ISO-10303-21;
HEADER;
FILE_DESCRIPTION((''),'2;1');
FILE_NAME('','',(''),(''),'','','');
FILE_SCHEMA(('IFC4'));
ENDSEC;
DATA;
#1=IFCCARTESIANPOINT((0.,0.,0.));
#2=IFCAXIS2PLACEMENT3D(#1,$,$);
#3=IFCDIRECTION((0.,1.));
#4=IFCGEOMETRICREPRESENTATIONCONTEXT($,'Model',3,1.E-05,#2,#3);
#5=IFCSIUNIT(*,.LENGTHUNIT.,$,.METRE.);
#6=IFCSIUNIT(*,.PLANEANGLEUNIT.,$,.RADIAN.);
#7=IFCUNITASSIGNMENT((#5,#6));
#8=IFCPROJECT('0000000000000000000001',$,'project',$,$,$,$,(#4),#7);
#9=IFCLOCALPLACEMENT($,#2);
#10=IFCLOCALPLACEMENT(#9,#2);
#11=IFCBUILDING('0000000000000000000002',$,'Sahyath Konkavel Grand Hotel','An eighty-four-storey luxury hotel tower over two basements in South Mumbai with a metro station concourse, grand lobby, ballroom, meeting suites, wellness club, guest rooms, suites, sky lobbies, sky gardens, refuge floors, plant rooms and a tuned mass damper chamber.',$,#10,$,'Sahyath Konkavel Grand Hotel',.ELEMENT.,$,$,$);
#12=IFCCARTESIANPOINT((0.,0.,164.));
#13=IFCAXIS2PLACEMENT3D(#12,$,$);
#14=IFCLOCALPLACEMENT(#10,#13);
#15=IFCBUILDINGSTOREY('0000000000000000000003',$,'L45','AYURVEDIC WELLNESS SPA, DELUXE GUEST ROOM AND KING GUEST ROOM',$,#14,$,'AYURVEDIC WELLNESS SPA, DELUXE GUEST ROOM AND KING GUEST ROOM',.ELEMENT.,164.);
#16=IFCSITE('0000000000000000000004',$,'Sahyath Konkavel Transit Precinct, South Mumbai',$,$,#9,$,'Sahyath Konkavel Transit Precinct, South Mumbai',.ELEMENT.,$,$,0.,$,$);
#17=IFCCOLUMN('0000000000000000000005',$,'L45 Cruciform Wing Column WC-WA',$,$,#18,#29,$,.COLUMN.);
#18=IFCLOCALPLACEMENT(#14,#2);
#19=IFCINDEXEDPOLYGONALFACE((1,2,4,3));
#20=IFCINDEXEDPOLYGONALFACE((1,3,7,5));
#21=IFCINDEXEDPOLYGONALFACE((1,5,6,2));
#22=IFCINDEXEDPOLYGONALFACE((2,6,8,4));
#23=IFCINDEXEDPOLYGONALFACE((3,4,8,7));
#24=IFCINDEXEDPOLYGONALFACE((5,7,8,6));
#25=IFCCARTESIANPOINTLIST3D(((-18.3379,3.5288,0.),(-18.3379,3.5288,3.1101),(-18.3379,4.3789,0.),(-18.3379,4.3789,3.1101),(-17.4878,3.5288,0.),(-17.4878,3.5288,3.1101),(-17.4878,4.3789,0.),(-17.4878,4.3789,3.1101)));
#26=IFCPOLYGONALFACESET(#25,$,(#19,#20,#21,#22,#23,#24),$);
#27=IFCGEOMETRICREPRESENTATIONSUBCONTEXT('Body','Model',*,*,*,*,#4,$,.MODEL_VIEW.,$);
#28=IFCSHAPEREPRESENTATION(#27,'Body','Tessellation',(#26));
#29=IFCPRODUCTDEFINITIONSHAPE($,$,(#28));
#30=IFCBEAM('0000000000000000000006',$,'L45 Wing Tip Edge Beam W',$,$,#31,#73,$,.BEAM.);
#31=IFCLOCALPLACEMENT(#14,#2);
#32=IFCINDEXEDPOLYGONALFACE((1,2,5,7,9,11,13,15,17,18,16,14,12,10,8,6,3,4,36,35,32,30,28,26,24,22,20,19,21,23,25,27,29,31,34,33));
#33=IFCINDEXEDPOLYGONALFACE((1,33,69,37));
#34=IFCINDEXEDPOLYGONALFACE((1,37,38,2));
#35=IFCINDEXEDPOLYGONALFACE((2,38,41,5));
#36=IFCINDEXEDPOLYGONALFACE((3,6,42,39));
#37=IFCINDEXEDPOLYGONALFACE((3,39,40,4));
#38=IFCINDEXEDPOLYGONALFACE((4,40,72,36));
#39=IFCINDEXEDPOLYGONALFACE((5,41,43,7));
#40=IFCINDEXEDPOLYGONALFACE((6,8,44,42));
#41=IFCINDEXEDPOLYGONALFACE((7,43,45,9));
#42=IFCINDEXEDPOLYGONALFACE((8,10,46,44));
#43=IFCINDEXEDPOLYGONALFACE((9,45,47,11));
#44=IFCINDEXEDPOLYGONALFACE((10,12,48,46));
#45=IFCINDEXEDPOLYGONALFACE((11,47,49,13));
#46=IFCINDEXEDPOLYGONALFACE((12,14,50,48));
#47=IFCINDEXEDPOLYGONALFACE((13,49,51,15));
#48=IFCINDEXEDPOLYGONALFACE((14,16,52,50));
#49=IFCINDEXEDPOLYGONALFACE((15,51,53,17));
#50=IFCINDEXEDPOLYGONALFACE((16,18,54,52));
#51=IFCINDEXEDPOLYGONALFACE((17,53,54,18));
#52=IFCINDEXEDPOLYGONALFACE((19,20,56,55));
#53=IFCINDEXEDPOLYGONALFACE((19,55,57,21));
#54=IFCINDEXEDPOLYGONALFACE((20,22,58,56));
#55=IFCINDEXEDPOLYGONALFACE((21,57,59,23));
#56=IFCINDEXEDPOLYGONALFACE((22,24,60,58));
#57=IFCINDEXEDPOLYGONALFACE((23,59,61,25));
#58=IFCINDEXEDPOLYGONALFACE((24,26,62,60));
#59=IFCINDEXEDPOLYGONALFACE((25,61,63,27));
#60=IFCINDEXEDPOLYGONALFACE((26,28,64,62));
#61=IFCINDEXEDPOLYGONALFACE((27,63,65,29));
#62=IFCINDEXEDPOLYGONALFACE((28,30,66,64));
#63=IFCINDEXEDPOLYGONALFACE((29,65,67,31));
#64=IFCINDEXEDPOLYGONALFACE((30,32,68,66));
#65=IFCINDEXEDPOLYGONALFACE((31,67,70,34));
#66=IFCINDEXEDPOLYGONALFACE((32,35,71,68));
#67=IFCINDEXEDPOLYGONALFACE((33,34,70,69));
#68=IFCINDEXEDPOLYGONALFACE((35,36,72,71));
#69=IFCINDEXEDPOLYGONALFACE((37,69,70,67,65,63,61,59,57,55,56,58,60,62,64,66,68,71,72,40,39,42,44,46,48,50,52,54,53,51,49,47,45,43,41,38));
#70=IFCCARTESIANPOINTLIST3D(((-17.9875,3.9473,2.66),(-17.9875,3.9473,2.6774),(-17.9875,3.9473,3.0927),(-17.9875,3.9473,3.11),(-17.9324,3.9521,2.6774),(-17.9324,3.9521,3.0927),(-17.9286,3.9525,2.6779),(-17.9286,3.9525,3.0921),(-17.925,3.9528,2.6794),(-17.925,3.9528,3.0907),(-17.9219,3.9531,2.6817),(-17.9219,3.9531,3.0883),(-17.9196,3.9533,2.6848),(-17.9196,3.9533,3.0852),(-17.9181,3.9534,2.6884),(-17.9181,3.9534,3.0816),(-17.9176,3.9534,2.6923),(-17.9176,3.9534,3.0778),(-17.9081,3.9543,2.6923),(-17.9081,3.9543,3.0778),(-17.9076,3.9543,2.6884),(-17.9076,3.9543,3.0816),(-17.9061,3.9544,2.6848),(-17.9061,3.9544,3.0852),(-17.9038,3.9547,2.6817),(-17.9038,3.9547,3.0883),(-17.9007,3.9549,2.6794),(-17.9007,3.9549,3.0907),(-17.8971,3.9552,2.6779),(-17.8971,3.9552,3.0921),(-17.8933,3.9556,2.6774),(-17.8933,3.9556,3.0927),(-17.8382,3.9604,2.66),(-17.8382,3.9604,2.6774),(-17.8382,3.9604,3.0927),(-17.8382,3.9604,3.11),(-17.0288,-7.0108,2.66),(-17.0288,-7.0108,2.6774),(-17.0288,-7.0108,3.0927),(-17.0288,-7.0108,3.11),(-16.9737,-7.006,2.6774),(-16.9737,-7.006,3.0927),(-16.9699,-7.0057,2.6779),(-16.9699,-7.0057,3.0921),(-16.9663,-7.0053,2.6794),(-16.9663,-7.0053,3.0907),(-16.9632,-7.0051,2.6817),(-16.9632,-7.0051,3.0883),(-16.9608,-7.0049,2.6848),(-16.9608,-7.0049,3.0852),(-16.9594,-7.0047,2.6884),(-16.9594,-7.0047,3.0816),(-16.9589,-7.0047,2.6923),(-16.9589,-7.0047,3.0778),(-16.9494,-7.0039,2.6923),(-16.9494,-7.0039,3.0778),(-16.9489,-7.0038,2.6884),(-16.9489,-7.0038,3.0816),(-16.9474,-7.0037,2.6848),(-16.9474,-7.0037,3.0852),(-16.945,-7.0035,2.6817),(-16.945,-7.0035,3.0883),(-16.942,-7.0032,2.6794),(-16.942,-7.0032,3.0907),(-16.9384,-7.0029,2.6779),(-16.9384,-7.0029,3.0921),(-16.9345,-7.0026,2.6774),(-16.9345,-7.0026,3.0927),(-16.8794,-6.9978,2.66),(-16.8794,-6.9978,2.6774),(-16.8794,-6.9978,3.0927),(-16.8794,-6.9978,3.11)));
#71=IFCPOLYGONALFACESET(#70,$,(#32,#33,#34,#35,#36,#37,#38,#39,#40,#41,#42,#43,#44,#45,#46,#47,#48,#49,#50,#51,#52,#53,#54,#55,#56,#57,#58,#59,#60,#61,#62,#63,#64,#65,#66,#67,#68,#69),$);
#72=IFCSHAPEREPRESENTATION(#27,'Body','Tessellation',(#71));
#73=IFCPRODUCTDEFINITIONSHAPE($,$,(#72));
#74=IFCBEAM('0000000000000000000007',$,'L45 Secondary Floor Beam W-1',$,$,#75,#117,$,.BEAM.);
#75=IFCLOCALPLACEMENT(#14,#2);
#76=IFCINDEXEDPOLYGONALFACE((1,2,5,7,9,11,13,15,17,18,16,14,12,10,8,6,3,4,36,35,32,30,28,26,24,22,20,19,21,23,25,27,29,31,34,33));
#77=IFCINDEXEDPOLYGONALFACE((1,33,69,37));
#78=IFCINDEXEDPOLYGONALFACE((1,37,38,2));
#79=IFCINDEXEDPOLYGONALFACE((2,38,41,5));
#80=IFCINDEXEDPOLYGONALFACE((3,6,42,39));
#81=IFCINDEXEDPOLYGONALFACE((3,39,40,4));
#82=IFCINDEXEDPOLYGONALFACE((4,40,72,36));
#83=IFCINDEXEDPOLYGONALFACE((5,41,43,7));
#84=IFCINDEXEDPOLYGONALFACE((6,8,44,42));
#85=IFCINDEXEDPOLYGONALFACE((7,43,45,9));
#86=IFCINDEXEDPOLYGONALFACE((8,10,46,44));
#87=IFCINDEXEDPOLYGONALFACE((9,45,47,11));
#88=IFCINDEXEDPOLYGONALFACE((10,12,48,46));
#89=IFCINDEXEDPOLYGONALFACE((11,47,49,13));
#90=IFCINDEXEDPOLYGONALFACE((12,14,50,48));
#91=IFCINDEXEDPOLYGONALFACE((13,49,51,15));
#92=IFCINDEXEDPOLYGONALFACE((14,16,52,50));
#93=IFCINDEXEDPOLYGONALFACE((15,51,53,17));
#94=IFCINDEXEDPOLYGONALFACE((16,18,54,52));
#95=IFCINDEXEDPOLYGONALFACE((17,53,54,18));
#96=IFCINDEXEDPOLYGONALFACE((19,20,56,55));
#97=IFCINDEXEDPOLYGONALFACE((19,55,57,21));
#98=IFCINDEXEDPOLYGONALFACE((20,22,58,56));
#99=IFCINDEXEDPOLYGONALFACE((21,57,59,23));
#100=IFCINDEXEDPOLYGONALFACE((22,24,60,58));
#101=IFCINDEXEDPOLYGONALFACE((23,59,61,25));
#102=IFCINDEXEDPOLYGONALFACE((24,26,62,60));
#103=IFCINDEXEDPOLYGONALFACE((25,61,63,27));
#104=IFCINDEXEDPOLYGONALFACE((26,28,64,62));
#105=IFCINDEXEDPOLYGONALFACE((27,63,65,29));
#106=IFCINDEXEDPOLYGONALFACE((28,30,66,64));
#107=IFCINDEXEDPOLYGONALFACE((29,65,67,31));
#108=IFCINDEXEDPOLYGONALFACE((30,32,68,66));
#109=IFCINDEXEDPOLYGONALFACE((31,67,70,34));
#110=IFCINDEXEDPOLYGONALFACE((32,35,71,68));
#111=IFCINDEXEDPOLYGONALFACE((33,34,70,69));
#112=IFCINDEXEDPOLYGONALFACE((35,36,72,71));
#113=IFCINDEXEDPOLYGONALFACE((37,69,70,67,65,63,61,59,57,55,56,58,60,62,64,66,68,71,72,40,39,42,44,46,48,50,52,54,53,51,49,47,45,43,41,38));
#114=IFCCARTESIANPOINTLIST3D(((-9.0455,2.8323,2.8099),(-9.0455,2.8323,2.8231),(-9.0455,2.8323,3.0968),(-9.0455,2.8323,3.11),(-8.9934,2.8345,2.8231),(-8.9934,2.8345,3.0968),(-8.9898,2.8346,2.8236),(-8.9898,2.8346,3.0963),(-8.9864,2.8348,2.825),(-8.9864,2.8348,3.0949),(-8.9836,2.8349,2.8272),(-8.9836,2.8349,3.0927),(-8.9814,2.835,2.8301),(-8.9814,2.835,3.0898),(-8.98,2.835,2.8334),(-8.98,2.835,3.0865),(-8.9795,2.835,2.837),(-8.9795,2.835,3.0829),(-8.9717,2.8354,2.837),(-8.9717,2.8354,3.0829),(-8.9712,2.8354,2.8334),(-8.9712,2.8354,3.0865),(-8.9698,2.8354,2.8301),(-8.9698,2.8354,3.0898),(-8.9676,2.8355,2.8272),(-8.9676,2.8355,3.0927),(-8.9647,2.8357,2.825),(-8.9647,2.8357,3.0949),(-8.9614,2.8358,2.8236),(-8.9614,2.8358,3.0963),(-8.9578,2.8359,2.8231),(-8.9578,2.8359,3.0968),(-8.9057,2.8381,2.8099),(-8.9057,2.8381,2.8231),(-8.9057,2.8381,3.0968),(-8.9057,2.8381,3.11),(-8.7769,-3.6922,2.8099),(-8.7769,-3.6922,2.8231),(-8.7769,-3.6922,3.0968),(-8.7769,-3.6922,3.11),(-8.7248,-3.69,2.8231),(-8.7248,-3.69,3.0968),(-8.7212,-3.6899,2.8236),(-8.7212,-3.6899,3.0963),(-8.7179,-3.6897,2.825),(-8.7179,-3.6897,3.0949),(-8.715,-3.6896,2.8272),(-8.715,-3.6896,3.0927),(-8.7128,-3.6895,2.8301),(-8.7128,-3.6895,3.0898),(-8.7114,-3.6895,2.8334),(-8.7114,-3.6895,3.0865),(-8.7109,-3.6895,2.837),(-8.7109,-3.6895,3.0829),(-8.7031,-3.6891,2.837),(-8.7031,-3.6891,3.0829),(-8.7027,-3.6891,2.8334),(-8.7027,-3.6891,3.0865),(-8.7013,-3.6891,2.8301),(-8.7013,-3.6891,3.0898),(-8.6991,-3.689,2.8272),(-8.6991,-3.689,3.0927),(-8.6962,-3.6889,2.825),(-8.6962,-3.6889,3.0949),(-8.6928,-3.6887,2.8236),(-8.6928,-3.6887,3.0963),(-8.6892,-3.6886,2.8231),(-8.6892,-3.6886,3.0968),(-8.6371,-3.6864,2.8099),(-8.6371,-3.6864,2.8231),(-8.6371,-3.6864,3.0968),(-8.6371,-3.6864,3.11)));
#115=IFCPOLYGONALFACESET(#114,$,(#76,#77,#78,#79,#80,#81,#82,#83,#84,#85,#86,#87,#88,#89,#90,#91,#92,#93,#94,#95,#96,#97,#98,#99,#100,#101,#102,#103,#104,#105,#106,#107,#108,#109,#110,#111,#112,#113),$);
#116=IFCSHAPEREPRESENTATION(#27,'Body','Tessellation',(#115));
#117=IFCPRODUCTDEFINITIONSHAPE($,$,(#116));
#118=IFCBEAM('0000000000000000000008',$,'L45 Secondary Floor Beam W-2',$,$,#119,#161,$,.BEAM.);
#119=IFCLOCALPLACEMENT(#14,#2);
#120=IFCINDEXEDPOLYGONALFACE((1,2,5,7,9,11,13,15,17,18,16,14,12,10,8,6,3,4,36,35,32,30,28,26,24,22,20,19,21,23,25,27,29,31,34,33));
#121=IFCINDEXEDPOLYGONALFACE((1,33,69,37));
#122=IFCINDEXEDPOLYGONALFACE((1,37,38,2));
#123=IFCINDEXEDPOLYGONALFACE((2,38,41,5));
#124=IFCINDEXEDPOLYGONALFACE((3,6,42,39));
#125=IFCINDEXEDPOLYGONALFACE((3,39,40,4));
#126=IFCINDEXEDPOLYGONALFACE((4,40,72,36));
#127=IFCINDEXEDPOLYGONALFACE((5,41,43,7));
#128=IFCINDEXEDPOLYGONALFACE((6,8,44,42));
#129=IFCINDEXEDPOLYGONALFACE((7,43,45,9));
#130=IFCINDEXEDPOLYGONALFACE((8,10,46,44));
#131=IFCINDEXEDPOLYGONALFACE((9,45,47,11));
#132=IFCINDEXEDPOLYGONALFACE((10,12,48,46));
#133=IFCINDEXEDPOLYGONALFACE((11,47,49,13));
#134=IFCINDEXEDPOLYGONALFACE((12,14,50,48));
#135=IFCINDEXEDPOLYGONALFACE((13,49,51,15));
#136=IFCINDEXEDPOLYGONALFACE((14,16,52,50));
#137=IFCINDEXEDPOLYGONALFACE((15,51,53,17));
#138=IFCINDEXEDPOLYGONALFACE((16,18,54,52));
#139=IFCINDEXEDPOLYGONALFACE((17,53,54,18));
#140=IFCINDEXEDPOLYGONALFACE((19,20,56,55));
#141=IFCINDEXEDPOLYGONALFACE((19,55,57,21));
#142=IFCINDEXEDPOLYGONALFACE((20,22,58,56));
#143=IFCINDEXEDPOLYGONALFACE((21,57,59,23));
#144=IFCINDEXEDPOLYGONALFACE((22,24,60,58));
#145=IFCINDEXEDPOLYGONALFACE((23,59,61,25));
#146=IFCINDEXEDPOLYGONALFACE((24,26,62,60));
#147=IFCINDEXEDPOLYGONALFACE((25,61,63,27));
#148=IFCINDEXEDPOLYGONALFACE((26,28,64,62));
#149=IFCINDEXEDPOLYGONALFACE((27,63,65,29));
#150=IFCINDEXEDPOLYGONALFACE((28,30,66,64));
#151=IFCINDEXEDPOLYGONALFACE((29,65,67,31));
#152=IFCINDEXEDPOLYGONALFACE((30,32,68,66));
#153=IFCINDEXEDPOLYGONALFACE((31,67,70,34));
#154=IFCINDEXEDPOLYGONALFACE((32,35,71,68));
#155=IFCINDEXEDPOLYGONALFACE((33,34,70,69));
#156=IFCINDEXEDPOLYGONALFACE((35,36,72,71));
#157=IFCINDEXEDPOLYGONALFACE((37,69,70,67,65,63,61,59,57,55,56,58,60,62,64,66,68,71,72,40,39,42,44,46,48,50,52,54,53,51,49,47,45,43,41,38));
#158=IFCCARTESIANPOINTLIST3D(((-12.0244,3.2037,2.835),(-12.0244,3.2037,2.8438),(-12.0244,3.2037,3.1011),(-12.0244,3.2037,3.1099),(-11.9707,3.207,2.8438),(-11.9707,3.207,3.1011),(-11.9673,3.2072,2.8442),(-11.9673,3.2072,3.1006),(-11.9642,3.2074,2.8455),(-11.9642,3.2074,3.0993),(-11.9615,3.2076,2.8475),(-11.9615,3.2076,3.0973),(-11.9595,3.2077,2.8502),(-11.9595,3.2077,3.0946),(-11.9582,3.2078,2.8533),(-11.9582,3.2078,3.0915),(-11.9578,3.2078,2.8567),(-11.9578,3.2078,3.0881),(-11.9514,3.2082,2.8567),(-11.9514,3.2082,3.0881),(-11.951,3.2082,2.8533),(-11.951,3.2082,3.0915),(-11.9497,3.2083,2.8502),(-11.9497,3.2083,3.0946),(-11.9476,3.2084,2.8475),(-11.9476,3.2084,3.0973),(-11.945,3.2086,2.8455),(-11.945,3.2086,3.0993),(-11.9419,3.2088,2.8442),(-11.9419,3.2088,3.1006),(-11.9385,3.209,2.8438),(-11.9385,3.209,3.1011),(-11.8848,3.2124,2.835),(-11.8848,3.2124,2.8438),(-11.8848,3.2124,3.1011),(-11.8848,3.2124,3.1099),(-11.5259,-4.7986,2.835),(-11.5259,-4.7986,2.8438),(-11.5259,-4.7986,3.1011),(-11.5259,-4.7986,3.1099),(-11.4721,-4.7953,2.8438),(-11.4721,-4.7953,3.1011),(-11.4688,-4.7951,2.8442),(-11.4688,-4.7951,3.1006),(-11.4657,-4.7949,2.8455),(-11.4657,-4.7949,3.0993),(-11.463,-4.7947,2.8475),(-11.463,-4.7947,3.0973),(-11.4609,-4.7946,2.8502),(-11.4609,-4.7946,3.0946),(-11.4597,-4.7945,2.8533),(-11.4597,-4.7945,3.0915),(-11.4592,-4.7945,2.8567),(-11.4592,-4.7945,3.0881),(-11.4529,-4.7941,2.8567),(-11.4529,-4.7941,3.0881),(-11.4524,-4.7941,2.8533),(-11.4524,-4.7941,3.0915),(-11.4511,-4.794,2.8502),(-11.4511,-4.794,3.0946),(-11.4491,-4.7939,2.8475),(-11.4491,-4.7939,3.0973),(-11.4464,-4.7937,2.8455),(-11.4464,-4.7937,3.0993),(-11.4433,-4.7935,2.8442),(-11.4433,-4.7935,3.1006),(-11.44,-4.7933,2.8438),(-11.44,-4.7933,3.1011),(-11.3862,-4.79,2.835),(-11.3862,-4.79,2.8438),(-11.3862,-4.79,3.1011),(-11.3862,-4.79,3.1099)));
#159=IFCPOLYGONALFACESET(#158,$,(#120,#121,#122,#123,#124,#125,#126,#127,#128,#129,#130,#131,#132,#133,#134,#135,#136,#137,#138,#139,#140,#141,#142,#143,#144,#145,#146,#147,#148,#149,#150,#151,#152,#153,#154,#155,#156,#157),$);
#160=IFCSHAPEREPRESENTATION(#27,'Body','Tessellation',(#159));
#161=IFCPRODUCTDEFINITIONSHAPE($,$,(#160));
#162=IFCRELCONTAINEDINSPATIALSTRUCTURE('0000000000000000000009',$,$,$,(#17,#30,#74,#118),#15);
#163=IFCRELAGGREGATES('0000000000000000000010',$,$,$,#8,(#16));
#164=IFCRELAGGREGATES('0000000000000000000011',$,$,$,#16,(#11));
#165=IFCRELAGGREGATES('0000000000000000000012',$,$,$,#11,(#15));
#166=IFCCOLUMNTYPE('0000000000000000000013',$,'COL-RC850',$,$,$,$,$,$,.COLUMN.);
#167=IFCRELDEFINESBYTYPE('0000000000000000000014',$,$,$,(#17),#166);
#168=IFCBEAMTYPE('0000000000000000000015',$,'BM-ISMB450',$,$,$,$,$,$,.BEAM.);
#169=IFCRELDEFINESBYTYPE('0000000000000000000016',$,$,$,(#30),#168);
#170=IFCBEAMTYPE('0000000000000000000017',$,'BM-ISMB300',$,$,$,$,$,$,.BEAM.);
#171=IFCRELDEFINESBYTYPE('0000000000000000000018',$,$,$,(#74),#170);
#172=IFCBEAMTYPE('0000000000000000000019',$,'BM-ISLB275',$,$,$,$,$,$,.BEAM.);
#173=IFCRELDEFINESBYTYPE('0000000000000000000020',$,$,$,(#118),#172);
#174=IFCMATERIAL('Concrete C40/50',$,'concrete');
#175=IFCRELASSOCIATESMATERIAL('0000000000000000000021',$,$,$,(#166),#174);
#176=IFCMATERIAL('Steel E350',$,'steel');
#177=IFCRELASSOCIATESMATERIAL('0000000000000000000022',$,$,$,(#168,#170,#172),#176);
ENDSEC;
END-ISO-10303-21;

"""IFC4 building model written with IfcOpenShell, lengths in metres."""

from ifc_helpers import new_model, si_unit, direction, frame, origin, origin_2d, place, context, subcontext, project, spatial, rectangle, i_section, extrude, source, transform, mapped, material, material_profile, profile_set, type_object, element, save


model = new_model("IFC4")

# Units and contexts
model_context = context("Model", 3, precision=1e-05, world=origin(), true_north=direction((0.0, 1.0)))
body_context = subcontext(model_context, "Body", "Model", "MODEL_VIEW")
ifc_project = project(units=[si_unit("LENGTHUNIT", "METRE"), si_unit("PLANEANGLEUNIT", "RADIAN")], contexts=[model_context])

# Site, building, storey
site_placement = place(None, origin())
site = spatial("IfcSite", under=ifc_project, at=site_placement, Name="Sahyath Konkavel Transit Precinct, South Mumbai", LongName="Sahyath Konkavel Transit Precinct, South Mumbai", CompositionType="ELEMENT", RefElevation=0.0)
building_placement = place(site_placement, origin())
building = spatial("IfcBuilding", under=site, at=building_placement, Name="Sahyath Konkavel Grand Hotel", Description="An eighty-four-storey luxury hotel tower over two basements in South Mumbai with a metro station concourse, grand lobby, ballroom, meeting suites, wellness club, guest rooms, suites, sky lobbies, sky gardens, refuge floors, plant rooms and a tuned mass damper chamber.", LongName="Sahyath Konkavel Grand Hotel", CompositionType="ELEMENT")
storey_placement = place(building_placement, frame((0.0, 0.0, 164.0)))
storey = spatial("IfcBuildingStorey", under=building, at=storey_placement, Name="L45", Description="AYURVEDIC WELLNESS SPA, DELUXE GUEST ROOM AND KING GUEST ROOM", LongName="AYURVEDIC WELLNESS SPA, DELUXE GUEST ROOM AND KING GUEST ROOM", CompositionType="ELEMENT", Elevation=164.0)

# Column
ifc_material_1 = material(Name="Concrete C40/50", Category="concrete")
ifc_material_profile_1 = material_profile(ifc_material_1, rectangle(XDim=0.8501, YDim=0.8501, at=origin_2d()), Name="RC 850x850")
ifc_profile_set_1 = profile_set([ifc_material_profile_1], Name="Concrete C40/50")
column_type = type_object("IfcColumnType", Name="COL-RC850", PredefinedType="COLUMN", material=ifc_profile_set_1)
shared_shape_1 = source(origin(), body_context, "Body", "SweptSolid", [
    extrude(rectangle(XDim=0.8501, YDim=0.8501, at=origin_2d()), origin(), (0.0, 0.0, 1.0), 3.1101),
])
column_placement = place(storey_placement, frame((-17.9128, 3.9539, 0.0), z_axis=(0.0, 0.0, 1.0), x_axis=(1.0, 0.0, 0.0)))
element("IfcColumn", 1, at=column_placement, inside=storey, type_object=column_type, Name="L45 Cruciform Wing Column WC-WA", PredefinedType="COLUMN", context=body_context, shape_type="MappedRepresentation", body=[
    mapped(shared_shape_1, transform((0.0, 0.0, 0.0), scale=1.0)),
])

# Beams
ifc_material_2 = material(Name="Steel E350", Category="steel")
ifc_material_profile_2 = material_profile(ifc_material_2, i_section(OverallWidth=0.1499, OverallDepth=0.45, WebThickness=0.0095, FlangeThickness=0.0173, FilletRadius=0.0149, at=origin_2d()), Name="ISMB 450")
ifc_profile_set_2 = profile_set([ifc_material_profile_2], Name="Steel E350")
beam_type_1 = type_object("IfcBeamType", Name="BM-ISMB450", PredefinedType="BEAM", material=ifc_profile_set_2)
shared_shape_2 = source(origin(), body_context, "Body", "SweptSolid", [
    extrude(i_section(OverallWidth=0.1499, OverallDepth=0.45, WebThickness=0.0095, FlangeThickness=0.0173, FilletRadius=0.0149, at=origin_2d()), origin(), (0.0, 0.0, 1.0), 11.0),
])
beam_1_placement = place(storey_placement, frame((-17.9128, 3.9539, 2.885), z_axis=(0.087157, -0.996195, 0.0), x_axis=(0.996195, 0.087157, 0.0)))
element("IfcBeam", 2, at=beam_1_placement, inside=storey, type_object=beam_type_1, Name="L45 Wing Tip Edge Beam W", PredefinedType="BEAM", context=body_context, shape_type="MappedRepresentation", body=[
    mapped(shared_shape_2, transform((0.0, 0.0, 0.0), scale=1.0)),
])
ifc_material_profile_3 = material_profile(ifc_material_2, i_section(OverallWidth=0.1399, OverallDepth=0.3, WebThickness=0.0078, FlangeThickness=0.0132, FilletRadius=0.0139, at=origin_2d()), Name="ISMB 300")
ifc_profile_set_3 = profile_set([ifc_material_profile_3], Name="Steel E350")
beam_type_2 = type_object("IfcBeamType", Name="BM-ISMB300", PredefinedType="BEAM", material=ifc_profile_set_3)
shared_shape_3 = source(origin(), body_context, "Body", "SweptSolid", [
    extrude(i_section(OverallWidth=0.1399, OverallDepth=0.3, WebThickness=0.0078, FlangeThickness=0.0132, FilletRadius=0.0139, at=origin_2d()), origin(), (0.0, 0.0, 1.0), 6.53),
])
beam_2_placement = place(storey_placement, frame((-8.9756, 2.8352, 2.96), z_axis=(0.041127, -0.999154, 0.0), x_axis=(0.999154, 0.041127, 0.0)))
element("IfcBeam", 3, at=beam_2_placement, inside=storey, type_object=beam_type_2, Name="L45 Secondary Floor Beam W-1", PredefinedType="BEAM", context=body_context, shape_type="MappedRepresentation", body=[
    mapped(shared_shape_3, transform((0.0, 0.0, 0.0), scale=1.0)),
])
ifc_material_profile_4 = material_profile(ifc_material_2, i_section(OverallWidth=0.1399, OverallDepth=0.2749, WebThickness=0.0063, FlangeThickness=0.0088, FilletRadius=0.0129, at=origin_2d()), Name="ISLB 275")
ifc_profile_set_4 = profile_set([ifc_material_profile_4], Name="Steel E350")
beam_type_3 = type_object("IfcBeamType", Name="BM-ISLB275", PredefinedType="BEAM", material=ifc_profile_set_4)
shared_shape_4 = source(origin(), body_context, "Body", "SweptSolid", [
    extrude(i_section(OverallWidth=0.1399, OverallDepth=0.2749, WebThickness=0.0063, FlangeThickness=0.0088, FilletRadius=0.0129, at=origin_2d()), origin(), (0.0, 0.0, 1.0), 8.0178),
])
beam_3_placement = place(storey_placement, frame((-11.9546, 3.208, 2.9724), z_axis=(0.062179, -0.998065, 0.0), x_axis=(0.998065, 0.062179, 0.0)))
element("IfcBeam", 4, at=beam_3_placement, inside=storey, type_object=beam_type_3, Name="L45 Secondary Floor Beam W-2", PredefinedType="BEAM", context=body_context, shape_type="MappedRepresentation", body=[
    mapped(shared_shape_4, transform((0.0, 0.0, 0.0), scale=1.0)),
])

save(model, "model.ifc")
